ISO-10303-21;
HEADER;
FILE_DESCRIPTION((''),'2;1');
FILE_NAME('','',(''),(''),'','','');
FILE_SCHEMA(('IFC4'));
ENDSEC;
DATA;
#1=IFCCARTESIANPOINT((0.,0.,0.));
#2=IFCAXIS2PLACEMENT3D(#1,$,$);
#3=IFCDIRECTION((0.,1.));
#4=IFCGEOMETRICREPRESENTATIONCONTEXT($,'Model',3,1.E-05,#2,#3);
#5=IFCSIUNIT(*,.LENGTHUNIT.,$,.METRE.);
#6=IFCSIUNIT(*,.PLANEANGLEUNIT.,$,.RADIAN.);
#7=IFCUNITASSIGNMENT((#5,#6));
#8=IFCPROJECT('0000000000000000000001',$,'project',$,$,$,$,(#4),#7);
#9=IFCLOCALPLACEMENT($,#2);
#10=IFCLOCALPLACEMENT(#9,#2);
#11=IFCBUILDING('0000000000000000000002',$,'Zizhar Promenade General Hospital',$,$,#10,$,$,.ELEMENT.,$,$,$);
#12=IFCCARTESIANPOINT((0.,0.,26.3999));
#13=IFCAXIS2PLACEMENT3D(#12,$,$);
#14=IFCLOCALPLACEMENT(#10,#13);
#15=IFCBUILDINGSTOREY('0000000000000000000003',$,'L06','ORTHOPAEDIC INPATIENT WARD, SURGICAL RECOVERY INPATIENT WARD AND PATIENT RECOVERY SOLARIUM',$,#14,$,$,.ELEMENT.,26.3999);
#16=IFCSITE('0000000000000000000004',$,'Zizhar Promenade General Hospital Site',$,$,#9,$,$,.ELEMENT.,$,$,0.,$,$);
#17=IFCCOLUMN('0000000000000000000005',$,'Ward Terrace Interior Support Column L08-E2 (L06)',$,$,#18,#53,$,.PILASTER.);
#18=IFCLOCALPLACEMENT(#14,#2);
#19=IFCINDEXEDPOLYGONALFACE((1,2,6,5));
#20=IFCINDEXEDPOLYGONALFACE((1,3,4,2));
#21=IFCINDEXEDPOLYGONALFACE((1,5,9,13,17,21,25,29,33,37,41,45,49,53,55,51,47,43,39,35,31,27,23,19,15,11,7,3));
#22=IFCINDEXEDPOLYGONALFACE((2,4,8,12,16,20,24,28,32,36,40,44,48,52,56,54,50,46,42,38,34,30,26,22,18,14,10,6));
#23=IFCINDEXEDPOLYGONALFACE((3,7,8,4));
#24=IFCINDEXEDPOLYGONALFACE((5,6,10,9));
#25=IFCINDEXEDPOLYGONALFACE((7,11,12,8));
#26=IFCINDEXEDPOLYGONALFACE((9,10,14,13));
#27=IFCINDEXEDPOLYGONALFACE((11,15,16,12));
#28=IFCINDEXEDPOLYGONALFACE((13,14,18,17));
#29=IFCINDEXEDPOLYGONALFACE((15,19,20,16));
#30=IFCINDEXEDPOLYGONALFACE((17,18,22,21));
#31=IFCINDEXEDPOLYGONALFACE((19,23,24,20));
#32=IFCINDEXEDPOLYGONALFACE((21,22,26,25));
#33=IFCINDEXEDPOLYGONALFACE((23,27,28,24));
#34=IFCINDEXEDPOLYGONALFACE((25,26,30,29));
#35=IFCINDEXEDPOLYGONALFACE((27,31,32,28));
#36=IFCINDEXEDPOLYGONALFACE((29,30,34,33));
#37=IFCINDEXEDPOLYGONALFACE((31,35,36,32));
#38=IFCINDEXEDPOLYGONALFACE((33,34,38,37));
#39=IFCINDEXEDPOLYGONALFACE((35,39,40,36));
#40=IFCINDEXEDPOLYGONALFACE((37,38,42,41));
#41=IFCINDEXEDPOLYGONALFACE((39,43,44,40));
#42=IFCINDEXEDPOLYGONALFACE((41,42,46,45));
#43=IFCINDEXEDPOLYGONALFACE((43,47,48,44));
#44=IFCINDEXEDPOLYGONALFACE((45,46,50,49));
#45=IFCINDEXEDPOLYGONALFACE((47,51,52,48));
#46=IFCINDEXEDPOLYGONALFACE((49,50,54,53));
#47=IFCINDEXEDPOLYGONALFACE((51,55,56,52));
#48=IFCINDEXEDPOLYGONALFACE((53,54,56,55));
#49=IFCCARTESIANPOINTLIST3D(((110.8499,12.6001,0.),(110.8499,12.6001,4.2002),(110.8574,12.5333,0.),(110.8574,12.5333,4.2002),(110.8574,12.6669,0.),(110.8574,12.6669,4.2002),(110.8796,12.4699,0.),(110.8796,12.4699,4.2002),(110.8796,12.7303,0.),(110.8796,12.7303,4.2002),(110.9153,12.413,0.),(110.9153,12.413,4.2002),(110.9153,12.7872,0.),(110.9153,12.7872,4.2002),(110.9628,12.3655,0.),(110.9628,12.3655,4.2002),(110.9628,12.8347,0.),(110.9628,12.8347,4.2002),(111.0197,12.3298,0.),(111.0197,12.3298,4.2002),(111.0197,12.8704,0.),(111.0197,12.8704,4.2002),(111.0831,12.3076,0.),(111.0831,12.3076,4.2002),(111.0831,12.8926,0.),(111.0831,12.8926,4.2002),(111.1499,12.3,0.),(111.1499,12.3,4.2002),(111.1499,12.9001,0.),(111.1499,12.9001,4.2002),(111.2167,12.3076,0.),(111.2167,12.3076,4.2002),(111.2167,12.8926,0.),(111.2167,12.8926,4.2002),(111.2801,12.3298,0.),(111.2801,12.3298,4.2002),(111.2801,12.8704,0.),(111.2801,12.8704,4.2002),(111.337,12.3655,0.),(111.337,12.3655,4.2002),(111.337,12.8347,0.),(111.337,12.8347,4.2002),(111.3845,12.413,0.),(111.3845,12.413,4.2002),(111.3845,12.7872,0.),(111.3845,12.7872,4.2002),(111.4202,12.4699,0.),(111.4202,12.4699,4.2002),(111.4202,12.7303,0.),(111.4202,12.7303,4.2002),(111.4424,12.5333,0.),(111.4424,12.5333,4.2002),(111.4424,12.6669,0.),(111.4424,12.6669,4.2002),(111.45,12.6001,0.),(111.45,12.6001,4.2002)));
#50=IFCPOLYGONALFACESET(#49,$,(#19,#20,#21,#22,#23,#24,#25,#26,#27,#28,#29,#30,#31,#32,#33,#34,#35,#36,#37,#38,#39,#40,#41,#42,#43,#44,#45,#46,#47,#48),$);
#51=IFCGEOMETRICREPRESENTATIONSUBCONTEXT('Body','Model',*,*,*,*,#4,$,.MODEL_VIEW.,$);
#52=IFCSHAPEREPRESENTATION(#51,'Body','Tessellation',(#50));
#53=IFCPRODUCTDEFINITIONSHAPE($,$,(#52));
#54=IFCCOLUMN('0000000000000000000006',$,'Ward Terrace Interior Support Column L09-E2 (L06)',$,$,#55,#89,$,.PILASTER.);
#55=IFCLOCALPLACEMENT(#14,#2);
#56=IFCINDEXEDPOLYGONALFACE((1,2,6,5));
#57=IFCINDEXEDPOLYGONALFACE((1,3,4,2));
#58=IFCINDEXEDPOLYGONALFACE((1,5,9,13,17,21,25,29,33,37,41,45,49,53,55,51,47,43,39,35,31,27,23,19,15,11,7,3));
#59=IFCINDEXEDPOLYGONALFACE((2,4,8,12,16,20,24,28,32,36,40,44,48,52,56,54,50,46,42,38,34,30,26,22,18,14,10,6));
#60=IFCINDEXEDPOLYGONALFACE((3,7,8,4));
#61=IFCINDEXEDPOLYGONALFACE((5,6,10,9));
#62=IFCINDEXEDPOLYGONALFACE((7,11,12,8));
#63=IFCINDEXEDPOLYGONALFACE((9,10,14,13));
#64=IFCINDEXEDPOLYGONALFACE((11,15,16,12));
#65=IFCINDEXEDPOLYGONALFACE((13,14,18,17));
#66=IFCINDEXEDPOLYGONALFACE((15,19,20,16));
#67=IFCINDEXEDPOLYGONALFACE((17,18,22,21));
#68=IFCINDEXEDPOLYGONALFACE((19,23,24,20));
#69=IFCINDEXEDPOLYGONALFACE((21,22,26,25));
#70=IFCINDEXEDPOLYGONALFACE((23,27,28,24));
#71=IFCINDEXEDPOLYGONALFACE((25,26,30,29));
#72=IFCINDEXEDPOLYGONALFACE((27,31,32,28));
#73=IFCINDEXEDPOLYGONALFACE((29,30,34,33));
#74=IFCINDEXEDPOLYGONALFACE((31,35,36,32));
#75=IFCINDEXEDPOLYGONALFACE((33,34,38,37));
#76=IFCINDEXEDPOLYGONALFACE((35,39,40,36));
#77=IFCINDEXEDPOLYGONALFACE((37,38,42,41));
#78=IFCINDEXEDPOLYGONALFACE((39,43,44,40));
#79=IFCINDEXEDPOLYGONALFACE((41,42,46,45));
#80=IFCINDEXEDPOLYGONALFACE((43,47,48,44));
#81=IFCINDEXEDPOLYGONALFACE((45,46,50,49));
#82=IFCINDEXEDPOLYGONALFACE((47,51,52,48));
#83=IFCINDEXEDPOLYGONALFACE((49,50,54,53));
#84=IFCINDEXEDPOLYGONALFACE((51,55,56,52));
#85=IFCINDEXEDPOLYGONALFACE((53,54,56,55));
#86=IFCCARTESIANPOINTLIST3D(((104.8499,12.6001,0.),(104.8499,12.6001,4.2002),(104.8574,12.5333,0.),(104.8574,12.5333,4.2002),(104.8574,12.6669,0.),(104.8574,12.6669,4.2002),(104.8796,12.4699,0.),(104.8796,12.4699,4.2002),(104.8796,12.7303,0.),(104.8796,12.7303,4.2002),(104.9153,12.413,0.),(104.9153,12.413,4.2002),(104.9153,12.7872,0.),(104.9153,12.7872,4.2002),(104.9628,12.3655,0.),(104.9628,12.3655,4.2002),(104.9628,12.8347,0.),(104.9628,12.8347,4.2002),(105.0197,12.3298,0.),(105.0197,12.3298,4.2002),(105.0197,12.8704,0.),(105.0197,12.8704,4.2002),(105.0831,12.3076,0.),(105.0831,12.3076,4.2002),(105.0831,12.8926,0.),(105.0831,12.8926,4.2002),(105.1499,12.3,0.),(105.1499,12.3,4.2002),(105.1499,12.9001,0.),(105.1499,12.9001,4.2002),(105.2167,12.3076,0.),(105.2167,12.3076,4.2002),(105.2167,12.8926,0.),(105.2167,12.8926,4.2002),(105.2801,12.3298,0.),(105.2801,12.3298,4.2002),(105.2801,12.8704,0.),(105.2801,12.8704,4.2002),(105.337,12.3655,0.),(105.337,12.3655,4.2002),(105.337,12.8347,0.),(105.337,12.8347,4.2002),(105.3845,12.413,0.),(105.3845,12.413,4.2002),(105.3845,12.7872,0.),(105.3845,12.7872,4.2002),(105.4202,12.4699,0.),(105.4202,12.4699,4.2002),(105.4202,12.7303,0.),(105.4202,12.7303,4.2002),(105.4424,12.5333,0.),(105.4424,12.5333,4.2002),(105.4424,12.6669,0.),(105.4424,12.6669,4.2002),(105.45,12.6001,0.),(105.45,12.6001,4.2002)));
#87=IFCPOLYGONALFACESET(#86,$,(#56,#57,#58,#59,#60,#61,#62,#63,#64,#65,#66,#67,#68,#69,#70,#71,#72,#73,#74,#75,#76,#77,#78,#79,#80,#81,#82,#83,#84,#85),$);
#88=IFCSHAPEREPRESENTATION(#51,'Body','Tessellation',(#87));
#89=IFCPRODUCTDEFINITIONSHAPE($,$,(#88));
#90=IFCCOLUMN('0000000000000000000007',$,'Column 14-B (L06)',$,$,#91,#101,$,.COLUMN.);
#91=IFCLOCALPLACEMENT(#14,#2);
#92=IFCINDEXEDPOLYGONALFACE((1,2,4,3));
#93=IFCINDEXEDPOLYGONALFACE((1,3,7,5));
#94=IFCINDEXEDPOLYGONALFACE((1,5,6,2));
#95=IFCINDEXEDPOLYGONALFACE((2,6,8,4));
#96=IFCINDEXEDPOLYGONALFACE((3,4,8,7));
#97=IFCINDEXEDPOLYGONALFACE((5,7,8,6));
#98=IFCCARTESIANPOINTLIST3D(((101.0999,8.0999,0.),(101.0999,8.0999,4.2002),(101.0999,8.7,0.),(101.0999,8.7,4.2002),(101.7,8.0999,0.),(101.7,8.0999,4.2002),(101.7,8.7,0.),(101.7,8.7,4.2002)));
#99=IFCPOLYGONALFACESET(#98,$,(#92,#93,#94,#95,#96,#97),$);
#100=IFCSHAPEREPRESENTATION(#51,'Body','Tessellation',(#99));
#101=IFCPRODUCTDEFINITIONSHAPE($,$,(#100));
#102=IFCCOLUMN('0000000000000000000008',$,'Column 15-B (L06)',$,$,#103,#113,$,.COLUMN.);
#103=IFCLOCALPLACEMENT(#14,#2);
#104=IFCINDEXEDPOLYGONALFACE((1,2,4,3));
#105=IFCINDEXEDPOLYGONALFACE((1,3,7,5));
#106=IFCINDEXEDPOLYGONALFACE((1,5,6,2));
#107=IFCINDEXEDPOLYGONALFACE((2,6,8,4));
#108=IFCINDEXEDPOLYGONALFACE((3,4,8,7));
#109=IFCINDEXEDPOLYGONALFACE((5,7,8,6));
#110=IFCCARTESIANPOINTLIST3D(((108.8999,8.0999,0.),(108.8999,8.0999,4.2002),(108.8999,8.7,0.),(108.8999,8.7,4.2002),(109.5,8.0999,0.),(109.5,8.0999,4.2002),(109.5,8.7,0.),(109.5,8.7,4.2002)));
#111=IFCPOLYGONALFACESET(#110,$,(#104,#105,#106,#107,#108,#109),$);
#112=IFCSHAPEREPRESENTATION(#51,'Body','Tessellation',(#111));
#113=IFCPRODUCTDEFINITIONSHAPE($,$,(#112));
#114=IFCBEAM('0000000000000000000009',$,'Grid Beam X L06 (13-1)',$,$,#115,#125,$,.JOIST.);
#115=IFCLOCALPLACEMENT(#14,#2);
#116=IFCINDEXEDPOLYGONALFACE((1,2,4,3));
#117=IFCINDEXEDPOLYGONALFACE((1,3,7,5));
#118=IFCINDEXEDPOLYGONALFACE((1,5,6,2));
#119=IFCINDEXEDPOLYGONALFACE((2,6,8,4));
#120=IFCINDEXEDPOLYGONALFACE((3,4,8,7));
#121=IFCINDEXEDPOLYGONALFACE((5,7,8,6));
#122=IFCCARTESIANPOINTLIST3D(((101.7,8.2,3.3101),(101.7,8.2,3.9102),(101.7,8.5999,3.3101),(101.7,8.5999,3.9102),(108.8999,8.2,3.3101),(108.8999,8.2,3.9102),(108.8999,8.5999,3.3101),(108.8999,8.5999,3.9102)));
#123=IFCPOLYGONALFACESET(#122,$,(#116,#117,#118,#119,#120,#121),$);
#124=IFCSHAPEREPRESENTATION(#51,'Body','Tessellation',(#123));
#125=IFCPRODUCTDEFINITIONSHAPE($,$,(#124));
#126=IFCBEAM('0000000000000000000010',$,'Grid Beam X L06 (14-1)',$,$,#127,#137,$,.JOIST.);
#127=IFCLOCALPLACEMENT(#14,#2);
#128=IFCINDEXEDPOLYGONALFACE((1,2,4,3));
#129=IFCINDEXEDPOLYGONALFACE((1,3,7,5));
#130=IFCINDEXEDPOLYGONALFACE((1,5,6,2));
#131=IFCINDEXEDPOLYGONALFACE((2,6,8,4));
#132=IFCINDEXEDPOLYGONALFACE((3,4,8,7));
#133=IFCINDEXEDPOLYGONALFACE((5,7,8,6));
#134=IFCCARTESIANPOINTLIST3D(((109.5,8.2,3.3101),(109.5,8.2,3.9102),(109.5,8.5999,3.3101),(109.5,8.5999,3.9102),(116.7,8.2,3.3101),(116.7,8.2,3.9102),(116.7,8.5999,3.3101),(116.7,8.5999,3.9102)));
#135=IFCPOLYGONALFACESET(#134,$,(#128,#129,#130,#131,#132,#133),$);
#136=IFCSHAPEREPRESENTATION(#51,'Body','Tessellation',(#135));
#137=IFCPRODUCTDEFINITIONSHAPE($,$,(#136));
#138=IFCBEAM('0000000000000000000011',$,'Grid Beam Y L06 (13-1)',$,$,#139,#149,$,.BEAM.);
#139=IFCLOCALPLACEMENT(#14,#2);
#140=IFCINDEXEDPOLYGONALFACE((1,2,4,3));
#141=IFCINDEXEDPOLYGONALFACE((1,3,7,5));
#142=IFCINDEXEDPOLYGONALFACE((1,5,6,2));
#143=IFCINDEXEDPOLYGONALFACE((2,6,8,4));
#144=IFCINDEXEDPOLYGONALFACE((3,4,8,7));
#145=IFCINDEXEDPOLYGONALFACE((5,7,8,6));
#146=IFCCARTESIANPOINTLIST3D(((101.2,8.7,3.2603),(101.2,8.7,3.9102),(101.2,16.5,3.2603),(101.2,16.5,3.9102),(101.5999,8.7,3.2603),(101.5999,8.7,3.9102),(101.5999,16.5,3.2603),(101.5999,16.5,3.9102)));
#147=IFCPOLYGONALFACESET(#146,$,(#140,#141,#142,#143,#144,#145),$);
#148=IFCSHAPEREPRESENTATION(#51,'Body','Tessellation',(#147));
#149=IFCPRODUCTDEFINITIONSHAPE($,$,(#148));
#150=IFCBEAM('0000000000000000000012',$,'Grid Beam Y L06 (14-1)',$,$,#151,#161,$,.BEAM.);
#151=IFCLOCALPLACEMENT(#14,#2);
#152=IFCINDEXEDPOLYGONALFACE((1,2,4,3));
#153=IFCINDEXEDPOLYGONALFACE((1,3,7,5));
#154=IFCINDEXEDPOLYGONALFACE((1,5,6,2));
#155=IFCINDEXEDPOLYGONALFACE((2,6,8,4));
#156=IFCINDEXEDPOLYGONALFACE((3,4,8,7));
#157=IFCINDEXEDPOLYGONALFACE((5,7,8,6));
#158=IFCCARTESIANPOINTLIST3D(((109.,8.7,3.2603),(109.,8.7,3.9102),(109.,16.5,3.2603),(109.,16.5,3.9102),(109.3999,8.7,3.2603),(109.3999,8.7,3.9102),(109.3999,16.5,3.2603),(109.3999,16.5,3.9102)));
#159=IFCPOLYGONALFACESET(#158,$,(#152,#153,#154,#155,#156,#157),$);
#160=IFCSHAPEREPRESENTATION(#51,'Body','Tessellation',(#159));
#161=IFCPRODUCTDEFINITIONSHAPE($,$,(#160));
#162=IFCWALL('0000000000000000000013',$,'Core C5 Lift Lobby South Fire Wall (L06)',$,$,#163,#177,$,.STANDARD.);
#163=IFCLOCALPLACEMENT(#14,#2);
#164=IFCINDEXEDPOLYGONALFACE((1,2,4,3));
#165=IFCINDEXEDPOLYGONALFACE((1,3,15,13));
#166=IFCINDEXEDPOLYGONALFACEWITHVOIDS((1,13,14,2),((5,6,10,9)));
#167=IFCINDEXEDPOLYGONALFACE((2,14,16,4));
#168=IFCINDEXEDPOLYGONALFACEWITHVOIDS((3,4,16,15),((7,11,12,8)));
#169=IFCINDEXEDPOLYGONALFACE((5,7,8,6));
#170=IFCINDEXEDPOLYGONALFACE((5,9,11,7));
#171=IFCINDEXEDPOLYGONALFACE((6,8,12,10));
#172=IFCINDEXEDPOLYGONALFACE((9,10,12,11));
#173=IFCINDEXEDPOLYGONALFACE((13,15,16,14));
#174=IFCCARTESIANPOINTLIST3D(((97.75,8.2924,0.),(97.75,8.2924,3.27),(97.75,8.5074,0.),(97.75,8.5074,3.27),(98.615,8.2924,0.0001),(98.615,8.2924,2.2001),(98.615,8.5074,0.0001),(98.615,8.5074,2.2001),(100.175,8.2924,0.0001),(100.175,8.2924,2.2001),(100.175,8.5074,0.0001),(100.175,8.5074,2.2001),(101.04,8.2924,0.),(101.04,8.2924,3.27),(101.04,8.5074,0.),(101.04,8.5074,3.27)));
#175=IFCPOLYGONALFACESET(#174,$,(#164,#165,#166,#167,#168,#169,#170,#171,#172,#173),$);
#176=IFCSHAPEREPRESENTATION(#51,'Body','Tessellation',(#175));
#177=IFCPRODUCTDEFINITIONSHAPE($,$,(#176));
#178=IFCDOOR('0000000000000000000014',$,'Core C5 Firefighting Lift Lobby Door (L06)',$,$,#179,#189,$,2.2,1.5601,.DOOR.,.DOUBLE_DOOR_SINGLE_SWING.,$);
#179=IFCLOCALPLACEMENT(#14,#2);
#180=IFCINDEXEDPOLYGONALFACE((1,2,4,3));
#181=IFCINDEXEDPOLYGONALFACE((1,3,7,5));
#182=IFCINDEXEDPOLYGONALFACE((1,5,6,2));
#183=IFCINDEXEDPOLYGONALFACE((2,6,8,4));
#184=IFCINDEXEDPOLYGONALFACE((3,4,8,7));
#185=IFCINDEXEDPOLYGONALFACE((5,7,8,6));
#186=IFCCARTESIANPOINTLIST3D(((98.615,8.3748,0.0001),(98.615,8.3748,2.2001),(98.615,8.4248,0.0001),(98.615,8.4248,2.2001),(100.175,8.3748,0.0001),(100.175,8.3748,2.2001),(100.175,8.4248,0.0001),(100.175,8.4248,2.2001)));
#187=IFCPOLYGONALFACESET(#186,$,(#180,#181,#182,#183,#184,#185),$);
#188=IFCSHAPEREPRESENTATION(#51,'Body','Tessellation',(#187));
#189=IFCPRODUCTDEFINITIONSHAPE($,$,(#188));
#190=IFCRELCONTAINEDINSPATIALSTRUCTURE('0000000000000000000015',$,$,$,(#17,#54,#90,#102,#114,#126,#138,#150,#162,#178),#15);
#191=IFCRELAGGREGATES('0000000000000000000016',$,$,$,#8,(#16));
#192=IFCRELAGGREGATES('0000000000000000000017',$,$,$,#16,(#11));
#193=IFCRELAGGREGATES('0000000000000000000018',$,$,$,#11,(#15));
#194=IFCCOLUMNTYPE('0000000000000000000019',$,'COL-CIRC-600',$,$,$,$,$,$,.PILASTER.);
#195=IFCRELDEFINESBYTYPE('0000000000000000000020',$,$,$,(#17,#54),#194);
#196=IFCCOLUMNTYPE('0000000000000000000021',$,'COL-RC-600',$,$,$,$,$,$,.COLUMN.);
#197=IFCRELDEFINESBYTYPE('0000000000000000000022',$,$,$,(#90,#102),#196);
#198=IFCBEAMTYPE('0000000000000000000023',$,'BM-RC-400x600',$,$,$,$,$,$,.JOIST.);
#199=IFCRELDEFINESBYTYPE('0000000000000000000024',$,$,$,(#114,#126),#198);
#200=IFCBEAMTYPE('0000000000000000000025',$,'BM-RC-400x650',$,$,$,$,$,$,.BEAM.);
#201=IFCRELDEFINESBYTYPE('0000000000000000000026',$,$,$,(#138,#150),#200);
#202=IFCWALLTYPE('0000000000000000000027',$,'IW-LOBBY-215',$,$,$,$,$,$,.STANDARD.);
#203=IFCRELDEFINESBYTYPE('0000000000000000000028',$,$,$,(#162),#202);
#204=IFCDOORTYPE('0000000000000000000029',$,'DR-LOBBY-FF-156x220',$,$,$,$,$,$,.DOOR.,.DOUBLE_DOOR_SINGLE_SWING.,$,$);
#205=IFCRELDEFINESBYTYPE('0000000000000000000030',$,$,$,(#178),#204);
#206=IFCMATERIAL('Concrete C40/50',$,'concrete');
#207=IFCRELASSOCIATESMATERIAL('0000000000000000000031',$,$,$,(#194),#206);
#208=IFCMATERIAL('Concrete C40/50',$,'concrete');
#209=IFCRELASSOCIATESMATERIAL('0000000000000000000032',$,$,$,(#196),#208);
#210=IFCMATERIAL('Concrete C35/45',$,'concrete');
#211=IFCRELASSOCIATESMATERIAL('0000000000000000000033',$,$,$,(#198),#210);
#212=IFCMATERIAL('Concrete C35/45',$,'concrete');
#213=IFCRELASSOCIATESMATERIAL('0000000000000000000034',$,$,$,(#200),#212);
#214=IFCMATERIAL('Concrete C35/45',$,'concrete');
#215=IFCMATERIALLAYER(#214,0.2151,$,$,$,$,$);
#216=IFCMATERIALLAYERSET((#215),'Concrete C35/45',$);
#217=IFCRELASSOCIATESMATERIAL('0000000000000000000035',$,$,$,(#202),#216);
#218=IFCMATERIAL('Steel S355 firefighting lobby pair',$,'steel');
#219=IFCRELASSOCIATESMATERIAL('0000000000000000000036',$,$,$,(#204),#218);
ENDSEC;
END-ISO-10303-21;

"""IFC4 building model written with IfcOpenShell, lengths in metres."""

from ifc_helpers import new_model, si_unit, direction, frame, frame_2d, origin, origin_2d, place, context, subcontext, project, spatial, rectangle, circle, extrude, material, layer, layer_set, material_profile, profile_set, type_object, element, fill, save


model = new_model("IFC4")

# Units and contexts
model_context = context("Model", 3, precision=1e-05, world=origin(), true_north=direction((0.0, 1.0)))
body_context = subcontext(model_context, "Body", "Model", "MODEL_VIEW")
ifc_project = project(units=[si_unit("LENGTHUNIT", "METRE"), si_unit("PLANEANGLEUNIT", "RADIAN")], contexts=[model_context])

# Site, building, storey
site_placement = place(None, origin())
site = spatial("IfcSite", under=ifc_project, at=site_placement, Name="Zizhar Promenade General Hospital Site", CompositionType="ELEMENT", RefElevation=0.0)
building_placement = place(site_placement, origin())
building = spatial("IfcBuilding", under=site, at=building_placement, Name="Zizhar Promenade General Hospital", CompositionType="ELEMENT")
storey_placement = place(building_placement, frame((0.0, 0.0, 26.3999)))
storey = spatial("IfcBuildingStorey", under=building, at=storey_placement, Name="L06", Description="ORTHOPAEDIC INPATIENT WARD, SURGICAL RECOVERY INPATIENT WARD AND PATIENT RECOVERY SOLARIUM", CompositionType="ELEMENT", Elevation=26.3999)

# Columns
ifc_material_1 = material(Name="Concrete C40/50", Category="concrete")
ifc_material_profile_1 = material_profile(ifc_material_1, circle(Radius=0.3, at=origin_2d()))
ifc_profile_set_1 = profile_set([ifc_material_profile_1], Name="Concrete C40/50")
column_type_1 = type_object("IfcColumnType", Name="COL-CIRC-600", PredefinedType="PILASTER", material=ifc_profile_set_1)
for number, where, z_axis, x_axis, name in (
    (1, (111.1499, 12.6001, 0.0), (0.0, 0.0, 1.0), (1.0, 0.0, 0.0), "Ward Terrace Interior Support Column L08-E2 (L06)"),
    (2, (105.1499, 12.6001, 0.0), (0.0, 0.0, 1.0), (1.0, 0.0, 0.0), "Ward Terrace Interior Support Column L09-E2 (L06)"),
):
    element("IfcColumn", number, at=place(storey_placement, frame(where, z_axis=z_axis, x_axis=x_axis)), inside=storey, type_object=column_type_1, Name=name, PredefinedType="PILASTER", context=body_context, shape_type="SweptSolid", body=[
        extrude(circle(Radius=0.3, at=origin_2d()), origin(), (0.0, 0.0, 1.0), 4.2002),
    ])
ifc_material_2 = material(Name="Concrete C40/50", Category="concrete")
ifc_material_profile_2 = material_profile(ifc_material_2, rectangle(XDim=0.6001, YDim=0.6001, at=origin_2d()))
ifc_profile_set_2 = profile_set([ifc_material_profile_2], Name="Concrete C40/50")
column_type_2 = type_object("IfcColumnType", Name="COL-RC-600", PredefinedType="COLUMN", material=ifc_profile_set_2)
for number, where, z_axis, x_axis, name in (
    (3, (101.3999, 8.3999, 0.0), (0.0, 0.0, 1.0), (1.0, 0.0, 0.0), "Column 14-B (L06)"),
    (4, (109.2, 8.3999, 0.0), (0.0, 0.0, 1.0), (1.0, 0.0, 0.0), "Column 15-B (L06)"),
):
    element("IfcColumn", number, at=place(storey_placement, frame(where, z_axis=z_axis, x_axis=x_axis)), inside=storey, type_object=column_type_2, Name=name, PredefinedType="COLUMN", context=body_context, shape_type="SweptSolid", body=[
        extrude(rectangle(XDim=0.6001, YDim=0.6001, at=origin_2d()), origin(), (0.0, 0.0, 1.0), 4.2002),
    ])

# Beams
ifc_material_3 = material(Name="Concrete C35/45", Category="concrete")
ifc_material_profile_3 = material_profile(ifc_material_3, rectangle(XDim=0.3999, YDim=0.6001, at=origin_2d()))
ifc_profile_set_3 = profile_set([ifc_material_profile_3], Name="Concrete C35/45")
beam_type_1 = type_object("IfcBeamType", Name="BM-RC-400x600", PredefinedType="JOIST", material=ifc_profile_set_3)
for number, where, z_axis, x_axis, name in (
    (5, (101.7, 8.3999, 3.6101), (1.0, 0.0, 0.0), (0.0, 1.0, 0.0), "Grid Beam X L06 (13-1)"),
    (6, (109.5, 8.3999, 3.6101), (1.0, 0.0, 0.0), (0.0, 1.0, 0.0), "Grid Beam X L06 (14-1)"),
):
    element("IfcBeam", number, at=place(storey_placement, frame(where, z_axis=z_axis, x_axis=x_axis)), inside=storey, type_object=beam_type_1, Name=name, PredefinedType="JOIST", context=body_context, shape_type="SweptSolid", body=[
        extrude(rectangle(XDim=0.3999, YDim=0.6001, at=origin_2d()), origin(), (0.0, 0.0, 1.0), 7.2),
    ])
ifc_material_4 = material(Name="Concrete C35/45", Category="concrete")
ifc_material_profile_4 = material_profile(ifc_material_4, rectangle(XDim=0.3999, YDim=0.6499, at=origin_2d()))
ifc_profile_set_4 = profile_set([ifc_material_profile_4], Name="Concrete C35/45")
beam_type_2 = type_object("IfcBeamType", Name="BM-RC-400x650", PredefinedType="BEAM", material=ifc_profile_set_4)
for number, where, z_axis, x_axis, name in (
    (7, (101.3999, 8.7, 3.5852), (0.0, 1.0, 0.0), (-1.0, 0.0, 0.0), "Grid Beam Y L06 (13-1)"),
    (8, (109.2, 8.7, 3.5852), (0.0, 1.0, 0.0), (-1.0, 0.0, 0.0), "Grid Beam Y L06 (14-1)"),
):
    element("IfcBeam", number, at=place(storey_placement, frame(where, z_axis=z_axis, x_axis=x_axis)), inside=storey, type_object=beam_type_2, Name=name, PredefinedType="BEAM", context=body_context, shape_type="SweptSolid", body=[
        extrude(rectangle(XDim=0.3999, YDim=0.6499, at=origin_2d()), origin(), (0.0, 0.0, 1.0), 7.8),
    ])

# Wall, opening, door
ifc_material_5 = material(Name="Concrete C35/45", Category="concrete")
ifc_layer_1 = layer(ifc_material_5, 0.2151)
ifc_layer_set_1 = layer_set([ifc_layer_1], Name="Concrete C35/45")
wall_type_1 = type_object("IfcWallType", Name="IW-LOBBY-215", PredefinedType="STANDARD", material=ifc_layer_set_1)
wall_1_placement = place(storey_placement, frame((97.75, 8.3999, 0.0), z_axis=(0.0, 0.0, 1.0), x_axis=(1.0, 0.0, 0.0)))
wall_1 = element("IfcWall", 9, at=wall_1_placement, inside=storey, type_object=wall_type_1, Name="Core C5 Lift Lobby South Fire Wall (L06)", PredefinedType="STANDARD", context=body_context, shape_type="SweptSolid", body=[
    extrude(rectangle(XDim=3.29, YDim=0.2151, at=frame_2d((1.645, 0.0))), origin(), (0.0, 0.0, 1.0), 3.27),
])
opening_1_placement = place(wall_1_placement, frame((0.865, 0.0, 0.0)))
opening_1 = element("IfcOpeningElement", 10, at=opening_1_placement, cuts=wall_1, PredefinedType="OPENING", context=body_context, shape_type="SweptSolid", body=[
    extrude(rectangle(XDim=1.5601, YDim=2.2, at=frame_2d((0.78, 1.1001))), frame((0.0, 0.1177, 0.0), z_axis=(0.0, -1.0, 0.0), x_axis=(1.0, 0.0, 0.0)), (0.0, 0.0, 1.0), 0.2351),
])
ifc_material_6 = material(Name="Steel S355 firefighting lobby pair", Category="steel")
door_type_1 = type_object("IfcDoorType", Name="DR-LOBBY-FF-156x220", OperationType="DOUBLE_DOOR_SINGLE_SWING", PredefinedType="DOOR", material=ifc_material_6)
door_1_placement = place(opening_1_placement, origin())
door_1 = element("IfcDoor", 11, at=door_1_placement, inside=storey, type_object=door_type_1, Name="Core C5 Firefighting Lift Lobby Door (L06)", OperationType="DOUBLE_DOOR_SINGLE_SWING", OverallHeight=2.2, OverallWidth=1.5601, PredefinedType="DOOR", context=body_context, shape_type="SweptSolid", body=[
    extrude(rectangle(XDim=1.5601, YDim=2.2, at=frame_2d((0.78, 1.1001))), frame((0.0, 0.0249, 0.0), z_axis=(0.0, -1.0, 0.0), x_axis=(1.0, 0.0, 0.0)), (0.0, 0.0, 1.0), 0.05),
])
fill(opening_1, door_1)

save(model, "model.ifc")
